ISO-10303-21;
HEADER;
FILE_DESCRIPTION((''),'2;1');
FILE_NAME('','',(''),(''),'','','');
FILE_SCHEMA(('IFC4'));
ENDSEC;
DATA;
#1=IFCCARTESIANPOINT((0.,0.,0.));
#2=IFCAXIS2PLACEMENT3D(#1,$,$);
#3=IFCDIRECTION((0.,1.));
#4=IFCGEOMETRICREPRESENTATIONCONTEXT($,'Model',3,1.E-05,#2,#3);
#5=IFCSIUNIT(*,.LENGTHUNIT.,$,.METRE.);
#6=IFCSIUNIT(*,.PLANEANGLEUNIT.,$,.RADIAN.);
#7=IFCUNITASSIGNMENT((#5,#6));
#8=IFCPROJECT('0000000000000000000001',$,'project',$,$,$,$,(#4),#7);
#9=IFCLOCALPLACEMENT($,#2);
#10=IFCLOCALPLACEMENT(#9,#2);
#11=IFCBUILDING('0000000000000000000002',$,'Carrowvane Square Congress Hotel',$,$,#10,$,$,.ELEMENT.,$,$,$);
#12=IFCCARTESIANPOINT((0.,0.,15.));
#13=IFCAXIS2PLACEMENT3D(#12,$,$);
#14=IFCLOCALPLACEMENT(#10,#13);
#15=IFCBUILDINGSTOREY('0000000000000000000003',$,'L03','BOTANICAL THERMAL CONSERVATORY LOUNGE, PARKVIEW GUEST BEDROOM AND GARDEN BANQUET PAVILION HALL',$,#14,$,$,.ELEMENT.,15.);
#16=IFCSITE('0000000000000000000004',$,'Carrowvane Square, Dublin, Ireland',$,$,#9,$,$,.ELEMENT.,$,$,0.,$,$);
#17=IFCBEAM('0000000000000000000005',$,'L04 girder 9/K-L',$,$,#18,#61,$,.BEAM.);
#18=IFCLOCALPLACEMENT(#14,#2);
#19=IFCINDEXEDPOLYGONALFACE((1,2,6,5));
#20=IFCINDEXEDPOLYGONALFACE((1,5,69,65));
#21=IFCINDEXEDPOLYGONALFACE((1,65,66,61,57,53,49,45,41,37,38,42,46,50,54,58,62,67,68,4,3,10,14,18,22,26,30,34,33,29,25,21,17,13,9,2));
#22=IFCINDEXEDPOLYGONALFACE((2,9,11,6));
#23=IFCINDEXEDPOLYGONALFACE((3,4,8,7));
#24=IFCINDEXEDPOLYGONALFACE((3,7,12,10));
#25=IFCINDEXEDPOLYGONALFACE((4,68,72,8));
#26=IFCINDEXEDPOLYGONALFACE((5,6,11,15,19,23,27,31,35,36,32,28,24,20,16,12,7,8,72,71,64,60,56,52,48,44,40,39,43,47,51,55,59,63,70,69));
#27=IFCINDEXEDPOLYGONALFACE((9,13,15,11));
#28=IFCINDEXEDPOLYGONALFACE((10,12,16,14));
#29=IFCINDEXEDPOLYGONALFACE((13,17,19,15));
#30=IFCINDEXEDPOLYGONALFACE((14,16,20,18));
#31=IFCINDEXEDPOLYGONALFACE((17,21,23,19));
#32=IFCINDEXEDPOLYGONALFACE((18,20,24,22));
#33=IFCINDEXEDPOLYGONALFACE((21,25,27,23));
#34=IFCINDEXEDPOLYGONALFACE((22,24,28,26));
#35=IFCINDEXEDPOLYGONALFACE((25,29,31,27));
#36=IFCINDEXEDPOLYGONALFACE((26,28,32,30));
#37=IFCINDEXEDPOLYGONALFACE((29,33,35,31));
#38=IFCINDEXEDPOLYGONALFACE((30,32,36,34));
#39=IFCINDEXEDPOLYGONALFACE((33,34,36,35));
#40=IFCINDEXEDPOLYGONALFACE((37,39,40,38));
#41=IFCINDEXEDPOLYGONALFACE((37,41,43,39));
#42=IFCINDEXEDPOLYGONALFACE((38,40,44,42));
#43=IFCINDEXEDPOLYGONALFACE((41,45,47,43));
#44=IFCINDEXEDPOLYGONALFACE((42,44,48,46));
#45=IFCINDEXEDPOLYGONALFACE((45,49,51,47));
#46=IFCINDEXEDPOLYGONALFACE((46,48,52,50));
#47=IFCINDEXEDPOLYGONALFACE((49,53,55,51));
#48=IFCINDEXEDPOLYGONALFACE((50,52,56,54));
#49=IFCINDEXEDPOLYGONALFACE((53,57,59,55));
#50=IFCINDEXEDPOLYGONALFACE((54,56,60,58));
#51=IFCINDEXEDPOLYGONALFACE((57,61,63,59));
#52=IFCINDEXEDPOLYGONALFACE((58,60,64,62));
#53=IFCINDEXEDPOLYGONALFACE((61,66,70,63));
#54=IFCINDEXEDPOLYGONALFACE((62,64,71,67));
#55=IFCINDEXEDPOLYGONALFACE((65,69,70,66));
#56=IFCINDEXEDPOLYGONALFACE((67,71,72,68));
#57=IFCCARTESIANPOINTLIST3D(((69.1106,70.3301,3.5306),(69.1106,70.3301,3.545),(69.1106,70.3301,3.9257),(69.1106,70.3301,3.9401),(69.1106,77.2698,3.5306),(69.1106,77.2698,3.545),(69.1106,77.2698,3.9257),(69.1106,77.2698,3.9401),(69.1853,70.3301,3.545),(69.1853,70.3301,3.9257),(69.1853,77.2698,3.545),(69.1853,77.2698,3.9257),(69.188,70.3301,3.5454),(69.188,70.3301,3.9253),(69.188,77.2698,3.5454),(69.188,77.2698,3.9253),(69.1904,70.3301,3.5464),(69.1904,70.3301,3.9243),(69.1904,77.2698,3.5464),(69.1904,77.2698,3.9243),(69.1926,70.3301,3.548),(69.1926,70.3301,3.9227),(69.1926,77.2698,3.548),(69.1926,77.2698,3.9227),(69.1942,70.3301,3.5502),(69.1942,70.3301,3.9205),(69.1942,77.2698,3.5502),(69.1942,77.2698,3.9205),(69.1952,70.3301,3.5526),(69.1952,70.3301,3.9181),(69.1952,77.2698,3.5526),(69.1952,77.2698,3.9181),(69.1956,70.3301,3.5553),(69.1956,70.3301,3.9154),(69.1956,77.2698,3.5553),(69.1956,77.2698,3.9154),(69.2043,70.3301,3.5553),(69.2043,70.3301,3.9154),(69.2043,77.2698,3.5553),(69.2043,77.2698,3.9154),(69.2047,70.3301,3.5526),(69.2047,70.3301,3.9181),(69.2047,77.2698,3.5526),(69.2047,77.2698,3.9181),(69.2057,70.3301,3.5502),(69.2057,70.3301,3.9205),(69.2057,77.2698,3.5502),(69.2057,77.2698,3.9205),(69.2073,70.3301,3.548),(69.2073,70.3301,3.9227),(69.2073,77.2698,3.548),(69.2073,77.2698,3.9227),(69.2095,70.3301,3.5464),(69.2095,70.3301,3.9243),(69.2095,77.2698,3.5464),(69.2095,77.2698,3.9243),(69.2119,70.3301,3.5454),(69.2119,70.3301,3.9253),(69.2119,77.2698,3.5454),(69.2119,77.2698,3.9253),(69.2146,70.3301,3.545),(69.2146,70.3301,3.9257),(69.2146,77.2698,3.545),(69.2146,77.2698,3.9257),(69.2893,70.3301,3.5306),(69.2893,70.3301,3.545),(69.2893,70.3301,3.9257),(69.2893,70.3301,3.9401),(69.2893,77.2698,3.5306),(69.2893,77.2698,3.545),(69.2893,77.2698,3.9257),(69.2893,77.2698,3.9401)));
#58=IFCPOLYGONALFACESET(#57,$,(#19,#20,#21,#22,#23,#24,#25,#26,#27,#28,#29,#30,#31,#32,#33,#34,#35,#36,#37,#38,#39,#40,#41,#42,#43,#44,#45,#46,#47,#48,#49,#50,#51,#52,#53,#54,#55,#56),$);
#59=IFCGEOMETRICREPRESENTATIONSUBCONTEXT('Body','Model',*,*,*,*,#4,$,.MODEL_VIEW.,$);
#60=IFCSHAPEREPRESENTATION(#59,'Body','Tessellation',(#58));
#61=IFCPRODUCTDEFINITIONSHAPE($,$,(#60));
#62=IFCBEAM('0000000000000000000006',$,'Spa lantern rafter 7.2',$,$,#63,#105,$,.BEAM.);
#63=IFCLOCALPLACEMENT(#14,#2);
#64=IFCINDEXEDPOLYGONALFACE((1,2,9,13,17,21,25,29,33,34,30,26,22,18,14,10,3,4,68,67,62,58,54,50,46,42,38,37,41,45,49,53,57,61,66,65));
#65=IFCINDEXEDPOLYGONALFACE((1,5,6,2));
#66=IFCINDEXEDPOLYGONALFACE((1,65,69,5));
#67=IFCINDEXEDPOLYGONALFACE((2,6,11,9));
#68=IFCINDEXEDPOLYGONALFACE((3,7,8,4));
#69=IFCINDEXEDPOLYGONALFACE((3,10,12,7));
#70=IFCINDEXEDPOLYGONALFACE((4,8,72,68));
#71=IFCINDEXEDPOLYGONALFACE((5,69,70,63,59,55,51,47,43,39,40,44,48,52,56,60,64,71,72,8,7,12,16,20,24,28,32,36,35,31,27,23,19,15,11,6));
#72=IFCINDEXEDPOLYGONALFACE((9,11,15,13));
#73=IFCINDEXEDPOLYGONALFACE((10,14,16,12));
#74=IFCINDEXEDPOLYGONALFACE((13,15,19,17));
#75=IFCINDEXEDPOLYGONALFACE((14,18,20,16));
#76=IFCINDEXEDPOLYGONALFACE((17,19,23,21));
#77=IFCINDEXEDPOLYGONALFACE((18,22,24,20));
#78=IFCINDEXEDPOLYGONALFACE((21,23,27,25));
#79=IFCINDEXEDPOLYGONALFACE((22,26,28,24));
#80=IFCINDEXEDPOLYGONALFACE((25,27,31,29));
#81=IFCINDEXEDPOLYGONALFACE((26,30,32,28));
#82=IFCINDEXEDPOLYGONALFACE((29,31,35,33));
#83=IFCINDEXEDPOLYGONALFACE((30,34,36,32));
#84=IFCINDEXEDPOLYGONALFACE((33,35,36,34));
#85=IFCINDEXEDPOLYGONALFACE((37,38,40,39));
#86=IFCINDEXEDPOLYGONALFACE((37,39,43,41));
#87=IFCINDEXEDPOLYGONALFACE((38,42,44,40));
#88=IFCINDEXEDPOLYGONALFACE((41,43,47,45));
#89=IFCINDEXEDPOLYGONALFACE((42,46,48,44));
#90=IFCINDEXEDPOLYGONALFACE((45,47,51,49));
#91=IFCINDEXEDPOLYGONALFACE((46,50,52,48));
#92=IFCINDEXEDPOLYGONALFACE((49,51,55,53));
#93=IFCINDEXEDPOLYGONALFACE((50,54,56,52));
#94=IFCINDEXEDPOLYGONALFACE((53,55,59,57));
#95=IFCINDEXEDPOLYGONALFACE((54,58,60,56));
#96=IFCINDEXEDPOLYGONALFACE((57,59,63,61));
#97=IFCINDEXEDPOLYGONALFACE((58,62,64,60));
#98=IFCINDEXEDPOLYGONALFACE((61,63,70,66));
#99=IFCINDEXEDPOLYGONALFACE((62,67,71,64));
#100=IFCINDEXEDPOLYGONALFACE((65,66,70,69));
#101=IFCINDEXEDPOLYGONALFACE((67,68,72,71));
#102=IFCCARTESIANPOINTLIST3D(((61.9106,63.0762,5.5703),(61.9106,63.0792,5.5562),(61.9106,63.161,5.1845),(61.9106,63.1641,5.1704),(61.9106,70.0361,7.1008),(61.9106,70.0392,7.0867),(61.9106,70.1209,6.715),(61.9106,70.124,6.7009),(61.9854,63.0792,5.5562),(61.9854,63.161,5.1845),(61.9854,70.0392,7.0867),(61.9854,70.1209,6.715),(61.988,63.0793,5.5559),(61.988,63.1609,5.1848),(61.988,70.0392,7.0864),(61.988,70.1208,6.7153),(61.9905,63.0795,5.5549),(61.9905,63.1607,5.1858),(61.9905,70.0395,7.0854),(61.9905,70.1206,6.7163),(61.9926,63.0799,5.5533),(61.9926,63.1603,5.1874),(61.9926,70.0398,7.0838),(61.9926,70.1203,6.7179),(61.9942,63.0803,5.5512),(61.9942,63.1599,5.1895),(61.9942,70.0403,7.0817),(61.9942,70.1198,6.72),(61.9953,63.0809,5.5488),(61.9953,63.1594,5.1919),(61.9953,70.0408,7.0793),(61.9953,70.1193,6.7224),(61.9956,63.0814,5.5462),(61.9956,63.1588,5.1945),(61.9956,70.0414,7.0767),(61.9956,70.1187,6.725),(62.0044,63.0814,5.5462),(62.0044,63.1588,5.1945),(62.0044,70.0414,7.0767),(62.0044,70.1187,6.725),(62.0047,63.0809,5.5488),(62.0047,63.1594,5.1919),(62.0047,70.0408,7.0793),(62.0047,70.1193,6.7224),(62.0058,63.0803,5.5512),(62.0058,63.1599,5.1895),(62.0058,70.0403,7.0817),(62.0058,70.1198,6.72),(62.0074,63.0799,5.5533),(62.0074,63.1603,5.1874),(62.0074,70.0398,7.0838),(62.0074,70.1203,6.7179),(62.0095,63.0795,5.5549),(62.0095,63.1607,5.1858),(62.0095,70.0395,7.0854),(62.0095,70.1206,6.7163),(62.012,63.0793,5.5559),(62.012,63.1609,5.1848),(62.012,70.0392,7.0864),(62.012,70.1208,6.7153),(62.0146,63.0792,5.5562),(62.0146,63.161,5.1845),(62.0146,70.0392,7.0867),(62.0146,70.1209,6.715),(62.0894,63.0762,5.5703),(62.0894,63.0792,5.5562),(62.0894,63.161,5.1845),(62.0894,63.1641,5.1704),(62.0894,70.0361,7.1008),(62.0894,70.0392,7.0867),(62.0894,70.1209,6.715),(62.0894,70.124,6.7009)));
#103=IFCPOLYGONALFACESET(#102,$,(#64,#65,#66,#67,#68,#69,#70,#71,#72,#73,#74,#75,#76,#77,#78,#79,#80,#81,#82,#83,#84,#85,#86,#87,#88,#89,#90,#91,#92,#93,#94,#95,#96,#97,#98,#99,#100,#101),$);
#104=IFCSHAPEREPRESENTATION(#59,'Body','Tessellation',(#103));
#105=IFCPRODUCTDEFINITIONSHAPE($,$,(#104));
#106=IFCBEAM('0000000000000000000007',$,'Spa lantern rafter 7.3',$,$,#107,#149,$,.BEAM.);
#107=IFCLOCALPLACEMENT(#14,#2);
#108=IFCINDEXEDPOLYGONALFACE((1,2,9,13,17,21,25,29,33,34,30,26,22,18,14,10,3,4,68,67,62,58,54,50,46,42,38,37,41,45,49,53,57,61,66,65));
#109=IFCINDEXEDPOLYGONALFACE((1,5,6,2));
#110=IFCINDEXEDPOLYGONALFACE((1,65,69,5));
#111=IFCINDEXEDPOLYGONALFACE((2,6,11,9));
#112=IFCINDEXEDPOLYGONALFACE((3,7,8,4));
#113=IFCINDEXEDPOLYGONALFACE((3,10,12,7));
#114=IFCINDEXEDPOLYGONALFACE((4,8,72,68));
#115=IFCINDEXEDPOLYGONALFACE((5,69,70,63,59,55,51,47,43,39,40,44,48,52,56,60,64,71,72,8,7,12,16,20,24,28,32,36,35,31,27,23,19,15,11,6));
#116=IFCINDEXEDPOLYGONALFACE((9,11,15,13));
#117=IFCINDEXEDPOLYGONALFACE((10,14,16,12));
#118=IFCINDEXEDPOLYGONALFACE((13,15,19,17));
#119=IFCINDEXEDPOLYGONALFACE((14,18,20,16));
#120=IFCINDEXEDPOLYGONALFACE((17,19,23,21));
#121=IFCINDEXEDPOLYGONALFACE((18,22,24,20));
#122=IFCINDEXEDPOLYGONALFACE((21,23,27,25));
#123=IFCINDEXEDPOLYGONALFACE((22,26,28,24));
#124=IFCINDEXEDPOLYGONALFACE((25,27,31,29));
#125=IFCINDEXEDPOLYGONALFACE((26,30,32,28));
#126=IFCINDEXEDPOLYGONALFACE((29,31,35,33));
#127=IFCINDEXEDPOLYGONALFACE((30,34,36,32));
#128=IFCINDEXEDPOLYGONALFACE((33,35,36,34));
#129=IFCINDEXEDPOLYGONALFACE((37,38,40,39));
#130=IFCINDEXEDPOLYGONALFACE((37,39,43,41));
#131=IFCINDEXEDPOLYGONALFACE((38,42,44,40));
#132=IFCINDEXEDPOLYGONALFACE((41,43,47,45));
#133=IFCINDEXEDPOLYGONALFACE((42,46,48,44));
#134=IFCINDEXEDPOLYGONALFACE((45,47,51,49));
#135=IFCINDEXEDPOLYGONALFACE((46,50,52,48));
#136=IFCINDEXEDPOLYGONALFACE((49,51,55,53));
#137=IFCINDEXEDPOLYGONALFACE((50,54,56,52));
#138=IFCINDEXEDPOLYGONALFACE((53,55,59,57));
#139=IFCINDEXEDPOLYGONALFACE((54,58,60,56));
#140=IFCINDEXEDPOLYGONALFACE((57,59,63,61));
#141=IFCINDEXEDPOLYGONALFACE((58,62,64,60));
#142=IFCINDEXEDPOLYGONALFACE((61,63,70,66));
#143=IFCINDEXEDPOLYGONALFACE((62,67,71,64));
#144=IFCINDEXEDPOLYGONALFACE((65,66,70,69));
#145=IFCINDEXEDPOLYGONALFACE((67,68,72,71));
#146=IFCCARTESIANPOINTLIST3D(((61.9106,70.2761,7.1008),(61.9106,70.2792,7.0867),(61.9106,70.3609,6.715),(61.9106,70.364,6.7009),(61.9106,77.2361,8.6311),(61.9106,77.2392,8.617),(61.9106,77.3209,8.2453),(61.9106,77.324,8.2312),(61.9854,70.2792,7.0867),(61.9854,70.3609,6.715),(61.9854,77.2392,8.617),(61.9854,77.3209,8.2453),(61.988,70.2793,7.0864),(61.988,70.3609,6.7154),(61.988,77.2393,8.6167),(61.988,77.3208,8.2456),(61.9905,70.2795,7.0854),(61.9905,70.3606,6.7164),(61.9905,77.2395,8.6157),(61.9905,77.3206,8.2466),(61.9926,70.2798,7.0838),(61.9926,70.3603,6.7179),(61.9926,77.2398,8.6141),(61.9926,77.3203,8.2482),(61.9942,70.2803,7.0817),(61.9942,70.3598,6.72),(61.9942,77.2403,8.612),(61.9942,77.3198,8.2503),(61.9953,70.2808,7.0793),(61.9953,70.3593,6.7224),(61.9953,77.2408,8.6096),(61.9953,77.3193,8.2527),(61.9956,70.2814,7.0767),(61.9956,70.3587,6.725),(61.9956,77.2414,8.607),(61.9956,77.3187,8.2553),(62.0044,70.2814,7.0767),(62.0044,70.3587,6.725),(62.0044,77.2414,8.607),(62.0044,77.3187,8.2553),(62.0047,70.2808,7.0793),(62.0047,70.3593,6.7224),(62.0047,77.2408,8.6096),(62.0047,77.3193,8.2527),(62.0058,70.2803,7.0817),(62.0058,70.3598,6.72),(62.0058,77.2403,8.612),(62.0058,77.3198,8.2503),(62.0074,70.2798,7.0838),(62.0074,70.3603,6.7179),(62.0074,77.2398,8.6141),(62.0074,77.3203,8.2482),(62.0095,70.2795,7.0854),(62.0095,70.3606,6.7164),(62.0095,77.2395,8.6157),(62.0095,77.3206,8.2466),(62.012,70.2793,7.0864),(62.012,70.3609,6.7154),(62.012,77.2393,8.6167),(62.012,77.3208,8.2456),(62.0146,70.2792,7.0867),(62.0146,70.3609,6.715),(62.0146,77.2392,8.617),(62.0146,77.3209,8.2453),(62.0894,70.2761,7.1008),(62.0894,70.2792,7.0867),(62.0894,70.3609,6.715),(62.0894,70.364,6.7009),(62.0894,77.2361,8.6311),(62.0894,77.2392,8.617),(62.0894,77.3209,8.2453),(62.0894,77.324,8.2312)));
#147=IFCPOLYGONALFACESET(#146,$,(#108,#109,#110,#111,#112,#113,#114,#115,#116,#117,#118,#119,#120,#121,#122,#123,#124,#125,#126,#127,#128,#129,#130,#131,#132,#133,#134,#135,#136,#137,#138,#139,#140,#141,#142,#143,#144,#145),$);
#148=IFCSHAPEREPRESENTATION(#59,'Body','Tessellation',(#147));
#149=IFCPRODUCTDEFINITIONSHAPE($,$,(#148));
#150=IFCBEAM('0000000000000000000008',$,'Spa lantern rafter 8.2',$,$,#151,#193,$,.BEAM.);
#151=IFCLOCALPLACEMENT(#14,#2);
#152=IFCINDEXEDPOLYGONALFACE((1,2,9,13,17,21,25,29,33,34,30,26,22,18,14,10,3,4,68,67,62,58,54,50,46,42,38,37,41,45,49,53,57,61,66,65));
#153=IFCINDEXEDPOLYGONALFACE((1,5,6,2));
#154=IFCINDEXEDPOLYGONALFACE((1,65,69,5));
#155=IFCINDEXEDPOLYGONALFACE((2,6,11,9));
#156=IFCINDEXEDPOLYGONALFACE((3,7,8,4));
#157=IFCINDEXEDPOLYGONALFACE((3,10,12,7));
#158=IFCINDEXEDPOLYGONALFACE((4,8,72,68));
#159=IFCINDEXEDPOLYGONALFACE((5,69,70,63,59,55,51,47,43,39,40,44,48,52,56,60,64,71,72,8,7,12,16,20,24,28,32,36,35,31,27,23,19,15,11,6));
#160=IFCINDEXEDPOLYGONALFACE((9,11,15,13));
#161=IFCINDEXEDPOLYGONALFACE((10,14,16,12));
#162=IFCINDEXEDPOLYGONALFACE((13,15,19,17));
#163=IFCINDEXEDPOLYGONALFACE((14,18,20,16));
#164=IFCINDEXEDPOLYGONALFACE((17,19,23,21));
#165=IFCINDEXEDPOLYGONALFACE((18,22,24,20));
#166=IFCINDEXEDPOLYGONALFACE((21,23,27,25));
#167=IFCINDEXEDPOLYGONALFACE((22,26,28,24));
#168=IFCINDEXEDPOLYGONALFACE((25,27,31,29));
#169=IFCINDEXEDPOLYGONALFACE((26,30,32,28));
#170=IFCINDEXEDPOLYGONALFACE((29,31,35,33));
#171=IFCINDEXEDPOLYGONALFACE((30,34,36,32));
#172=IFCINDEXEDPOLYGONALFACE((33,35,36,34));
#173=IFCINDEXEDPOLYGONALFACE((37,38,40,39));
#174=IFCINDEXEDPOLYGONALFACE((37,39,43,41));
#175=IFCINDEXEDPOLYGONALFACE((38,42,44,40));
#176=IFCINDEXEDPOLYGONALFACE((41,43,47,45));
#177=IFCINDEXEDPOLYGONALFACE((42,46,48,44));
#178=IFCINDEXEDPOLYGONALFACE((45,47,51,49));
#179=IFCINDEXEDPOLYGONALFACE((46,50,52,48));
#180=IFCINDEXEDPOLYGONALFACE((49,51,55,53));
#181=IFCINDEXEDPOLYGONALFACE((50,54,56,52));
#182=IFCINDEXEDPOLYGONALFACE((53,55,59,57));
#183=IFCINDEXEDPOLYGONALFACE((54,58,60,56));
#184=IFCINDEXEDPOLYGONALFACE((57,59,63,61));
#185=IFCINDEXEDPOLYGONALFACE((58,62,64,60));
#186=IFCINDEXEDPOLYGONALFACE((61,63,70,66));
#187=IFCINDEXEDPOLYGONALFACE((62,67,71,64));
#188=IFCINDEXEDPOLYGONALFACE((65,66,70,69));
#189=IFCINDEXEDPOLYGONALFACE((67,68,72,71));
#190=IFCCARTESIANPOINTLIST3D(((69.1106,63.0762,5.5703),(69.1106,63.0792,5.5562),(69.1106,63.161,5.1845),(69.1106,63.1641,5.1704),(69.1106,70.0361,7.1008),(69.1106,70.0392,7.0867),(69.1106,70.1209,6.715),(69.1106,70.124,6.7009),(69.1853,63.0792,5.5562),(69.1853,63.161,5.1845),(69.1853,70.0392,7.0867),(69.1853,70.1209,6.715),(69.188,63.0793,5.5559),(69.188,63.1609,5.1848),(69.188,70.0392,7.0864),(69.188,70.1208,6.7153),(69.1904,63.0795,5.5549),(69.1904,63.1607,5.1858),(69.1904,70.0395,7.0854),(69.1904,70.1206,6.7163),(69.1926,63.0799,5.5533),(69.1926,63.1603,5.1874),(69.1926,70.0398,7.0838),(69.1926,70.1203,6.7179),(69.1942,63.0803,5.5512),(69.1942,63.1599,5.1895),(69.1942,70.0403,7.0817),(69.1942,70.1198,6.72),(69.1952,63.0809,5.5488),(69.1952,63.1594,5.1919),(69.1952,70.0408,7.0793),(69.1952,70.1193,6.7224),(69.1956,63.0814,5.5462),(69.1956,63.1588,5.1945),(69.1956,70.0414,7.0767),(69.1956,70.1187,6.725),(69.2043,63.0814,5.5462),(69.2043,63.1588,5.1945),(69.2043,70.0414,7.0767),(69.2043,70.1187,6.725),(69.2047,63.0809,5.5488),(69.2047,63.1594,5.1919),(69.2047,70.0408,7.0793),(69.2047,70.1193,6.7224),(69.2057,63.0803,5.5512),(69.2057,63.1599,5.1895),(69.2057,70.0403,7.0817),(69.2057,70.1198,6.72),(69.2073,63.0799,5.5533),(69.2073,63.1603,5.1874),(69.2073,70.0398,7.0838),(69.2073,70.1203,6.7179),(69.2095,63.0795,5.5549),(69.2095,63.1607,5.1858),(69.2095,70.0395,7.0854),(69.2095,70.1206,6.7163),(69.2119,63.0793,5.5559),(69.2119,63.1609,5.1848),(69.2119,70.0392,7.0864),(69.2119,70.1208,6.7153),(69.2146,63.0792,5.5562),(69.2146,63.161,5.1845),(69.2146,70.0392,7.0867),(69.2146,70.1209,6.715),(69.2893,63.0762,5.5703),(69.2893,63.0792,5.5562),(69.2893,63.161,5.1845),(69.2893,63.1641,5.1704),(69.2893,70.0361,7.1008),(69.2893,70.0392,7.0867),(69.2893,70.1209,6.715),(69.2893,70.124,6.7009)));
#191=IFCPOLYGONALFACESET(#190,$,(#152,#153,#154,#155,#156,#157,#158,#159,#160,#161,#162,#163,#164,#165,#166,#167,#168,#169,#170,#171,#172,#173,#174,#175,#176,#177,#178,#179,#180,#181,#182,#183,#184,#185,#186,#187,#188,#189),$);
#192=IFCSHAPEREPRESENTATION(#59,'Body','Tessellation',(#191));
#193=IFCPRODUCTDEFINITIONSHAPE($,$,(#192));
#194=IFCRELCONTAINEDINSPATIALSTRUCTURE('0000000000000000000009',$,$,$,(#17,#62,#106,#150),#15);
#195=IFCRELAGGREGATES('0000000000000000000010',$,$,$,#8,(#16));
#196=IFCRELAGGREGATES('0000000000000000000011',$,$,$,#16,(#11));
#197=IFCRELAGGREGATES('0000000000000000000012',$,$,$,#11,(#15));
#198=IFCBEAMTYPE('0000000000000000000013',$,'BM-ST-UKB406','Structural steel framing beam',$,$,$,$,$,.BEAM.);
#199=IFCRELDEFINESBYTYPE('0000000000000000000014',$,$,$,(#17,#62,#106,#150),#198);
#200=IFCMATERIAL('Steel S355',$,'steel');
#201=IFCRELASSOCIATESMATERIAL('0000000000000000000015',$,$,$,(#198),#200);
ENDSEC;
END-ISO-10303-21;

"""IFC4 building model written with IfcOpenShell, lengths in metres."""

from ifc_helpers import new_model, si_unit, direction, frame, origin, origin_2d, place, context, subcontext, project, spatial, i_section, extrude, material, material_profile, profile_set, type_object, element, save


model = new_model("IFC4")

# Units and contexts
model_context = context("Model", 3, precision=1e-05, world=origin(), true_north=direction((0.0, 1.0)))
body_context = subcontext(model_context, "Body", "Model", "MODEL_VIEW")
ifc_project = project(units=[si_unit("LENGTHUNIT", "METRE"), si_unit("PLANEANGLEUNIT", "RADIAN")], contexts=[model_context])

# Site, building, storey
site_placement = place(None, origin())
site = spatial("IfcSite", under=ifc_project, at=site_placement, Name="Carrowvane Square, Dublin, Ireland", CompositionType="ELEMENT", RefElevation=0.0)
building_placement = place(site_placement, origin())
building = spatial("IfcBuilding", under=site, at=building_placement, Name="Carrowvane Square Congress Hotel", CompositionType="ELEMENT")
storey_placement = place(building_placement, frame((0.0, 0.0, 15.0)))
storey = spatial("IfcBuildingStorey", under=building, at=storey_placement, Name="L03", Description="BOTANICAL THERMAL CONSERVATORY LOUNGE, PARKVIEW GUEST BEDROOM AND GARDEN BANQUET PAVILION HALL", CompositionType="ELEMENT", Elevation=15.0)

# Beams
ifc_material_1 = material(Name="Steel S355", Category="steel")
ifc_material_profile_1 = material_profile(ifc_material_1, i_section(OverallWidth=0.1787, OverallDepth=0.4094, WebThickness=0.0088, FlangeThickness=0.0144, FilletRadius=0.0103, at=origin_2d()), Name="UKB 406x178x67")
ifc_profile_set_1 = profile_set([ifc_material_profile_1], Name="Steel S355")
beam_type_1 = type_object("IfcBeamType", Name="BM-ST-UKB406", Description="Structural steel framing beam", PredefinedType="BEAM", material=ifc_profile_set_1)
for number, where, z_axis, x_axis, name in (
    (1, (69.2, 70.3301, 3.7354), (0.0, 1.0, 0.0), (-1.0, 0.0, 0.0), "L04 girder 9/K-L"),
):
    element("IfcBeam", number, at=place(storey_placement, frame(where, z_axis=z_axis, x_axis=x_axis)), inside=storey, type_object=beam_type_1, Name=name, PredefinedType="BEAM", context=body_context, shape_type="SweptSolid", body=[
        extrude(i_section(OverallWidth=0.1787, OverallDepth=0.4094, WebThickness=0.0088, FlangeThickness=0.0144, FilletRadius=0.0103, at=origin_2d()), origin(), (0.0, 0.0, 1.0), 6.9397),
    ])
for number, where, z_axis, x_axis, name in (
    (2, (62.0, 63.1201, 5.3704), (0.0, 0.976664, 0.214772), (-1.0, 0.0, 0.0), "Spa lantern rafter 7.2"),
    (3, (62.0, 70.3201, 6.9009), (0.0, 0.976671, 0.214739), (-1.0, 0.0, 0.0), "Spa lantern rafter 7.3"),
    (4, (69.2, 63.1201, 5.3704), (0.0, 0.976664, 0.214772), (-1.0, 0.0, 0.0), "Spa lantern rafter 8.2"),
):
    element("IfcBeam", number, at=place(storey_placement, frame(where, z_axis=z_axis, x_axis=x_axis)), inside=storey, type_object=beam_type_1, Name=name, PredefinedType="BEAM", context=body_context, shape_type="SweptSolid", body=[
        extrude(i_section(OverallWidth=0.1787, OverallDepth=0.4094, WebThickness=0.0088, FlangeThickness=0.0144, FilletRadius=0.0103, at=origin_2d()), origin(), (0.0, 0.0, 1.0), 7.1262),
    ])

save(model, "model.ifc")
